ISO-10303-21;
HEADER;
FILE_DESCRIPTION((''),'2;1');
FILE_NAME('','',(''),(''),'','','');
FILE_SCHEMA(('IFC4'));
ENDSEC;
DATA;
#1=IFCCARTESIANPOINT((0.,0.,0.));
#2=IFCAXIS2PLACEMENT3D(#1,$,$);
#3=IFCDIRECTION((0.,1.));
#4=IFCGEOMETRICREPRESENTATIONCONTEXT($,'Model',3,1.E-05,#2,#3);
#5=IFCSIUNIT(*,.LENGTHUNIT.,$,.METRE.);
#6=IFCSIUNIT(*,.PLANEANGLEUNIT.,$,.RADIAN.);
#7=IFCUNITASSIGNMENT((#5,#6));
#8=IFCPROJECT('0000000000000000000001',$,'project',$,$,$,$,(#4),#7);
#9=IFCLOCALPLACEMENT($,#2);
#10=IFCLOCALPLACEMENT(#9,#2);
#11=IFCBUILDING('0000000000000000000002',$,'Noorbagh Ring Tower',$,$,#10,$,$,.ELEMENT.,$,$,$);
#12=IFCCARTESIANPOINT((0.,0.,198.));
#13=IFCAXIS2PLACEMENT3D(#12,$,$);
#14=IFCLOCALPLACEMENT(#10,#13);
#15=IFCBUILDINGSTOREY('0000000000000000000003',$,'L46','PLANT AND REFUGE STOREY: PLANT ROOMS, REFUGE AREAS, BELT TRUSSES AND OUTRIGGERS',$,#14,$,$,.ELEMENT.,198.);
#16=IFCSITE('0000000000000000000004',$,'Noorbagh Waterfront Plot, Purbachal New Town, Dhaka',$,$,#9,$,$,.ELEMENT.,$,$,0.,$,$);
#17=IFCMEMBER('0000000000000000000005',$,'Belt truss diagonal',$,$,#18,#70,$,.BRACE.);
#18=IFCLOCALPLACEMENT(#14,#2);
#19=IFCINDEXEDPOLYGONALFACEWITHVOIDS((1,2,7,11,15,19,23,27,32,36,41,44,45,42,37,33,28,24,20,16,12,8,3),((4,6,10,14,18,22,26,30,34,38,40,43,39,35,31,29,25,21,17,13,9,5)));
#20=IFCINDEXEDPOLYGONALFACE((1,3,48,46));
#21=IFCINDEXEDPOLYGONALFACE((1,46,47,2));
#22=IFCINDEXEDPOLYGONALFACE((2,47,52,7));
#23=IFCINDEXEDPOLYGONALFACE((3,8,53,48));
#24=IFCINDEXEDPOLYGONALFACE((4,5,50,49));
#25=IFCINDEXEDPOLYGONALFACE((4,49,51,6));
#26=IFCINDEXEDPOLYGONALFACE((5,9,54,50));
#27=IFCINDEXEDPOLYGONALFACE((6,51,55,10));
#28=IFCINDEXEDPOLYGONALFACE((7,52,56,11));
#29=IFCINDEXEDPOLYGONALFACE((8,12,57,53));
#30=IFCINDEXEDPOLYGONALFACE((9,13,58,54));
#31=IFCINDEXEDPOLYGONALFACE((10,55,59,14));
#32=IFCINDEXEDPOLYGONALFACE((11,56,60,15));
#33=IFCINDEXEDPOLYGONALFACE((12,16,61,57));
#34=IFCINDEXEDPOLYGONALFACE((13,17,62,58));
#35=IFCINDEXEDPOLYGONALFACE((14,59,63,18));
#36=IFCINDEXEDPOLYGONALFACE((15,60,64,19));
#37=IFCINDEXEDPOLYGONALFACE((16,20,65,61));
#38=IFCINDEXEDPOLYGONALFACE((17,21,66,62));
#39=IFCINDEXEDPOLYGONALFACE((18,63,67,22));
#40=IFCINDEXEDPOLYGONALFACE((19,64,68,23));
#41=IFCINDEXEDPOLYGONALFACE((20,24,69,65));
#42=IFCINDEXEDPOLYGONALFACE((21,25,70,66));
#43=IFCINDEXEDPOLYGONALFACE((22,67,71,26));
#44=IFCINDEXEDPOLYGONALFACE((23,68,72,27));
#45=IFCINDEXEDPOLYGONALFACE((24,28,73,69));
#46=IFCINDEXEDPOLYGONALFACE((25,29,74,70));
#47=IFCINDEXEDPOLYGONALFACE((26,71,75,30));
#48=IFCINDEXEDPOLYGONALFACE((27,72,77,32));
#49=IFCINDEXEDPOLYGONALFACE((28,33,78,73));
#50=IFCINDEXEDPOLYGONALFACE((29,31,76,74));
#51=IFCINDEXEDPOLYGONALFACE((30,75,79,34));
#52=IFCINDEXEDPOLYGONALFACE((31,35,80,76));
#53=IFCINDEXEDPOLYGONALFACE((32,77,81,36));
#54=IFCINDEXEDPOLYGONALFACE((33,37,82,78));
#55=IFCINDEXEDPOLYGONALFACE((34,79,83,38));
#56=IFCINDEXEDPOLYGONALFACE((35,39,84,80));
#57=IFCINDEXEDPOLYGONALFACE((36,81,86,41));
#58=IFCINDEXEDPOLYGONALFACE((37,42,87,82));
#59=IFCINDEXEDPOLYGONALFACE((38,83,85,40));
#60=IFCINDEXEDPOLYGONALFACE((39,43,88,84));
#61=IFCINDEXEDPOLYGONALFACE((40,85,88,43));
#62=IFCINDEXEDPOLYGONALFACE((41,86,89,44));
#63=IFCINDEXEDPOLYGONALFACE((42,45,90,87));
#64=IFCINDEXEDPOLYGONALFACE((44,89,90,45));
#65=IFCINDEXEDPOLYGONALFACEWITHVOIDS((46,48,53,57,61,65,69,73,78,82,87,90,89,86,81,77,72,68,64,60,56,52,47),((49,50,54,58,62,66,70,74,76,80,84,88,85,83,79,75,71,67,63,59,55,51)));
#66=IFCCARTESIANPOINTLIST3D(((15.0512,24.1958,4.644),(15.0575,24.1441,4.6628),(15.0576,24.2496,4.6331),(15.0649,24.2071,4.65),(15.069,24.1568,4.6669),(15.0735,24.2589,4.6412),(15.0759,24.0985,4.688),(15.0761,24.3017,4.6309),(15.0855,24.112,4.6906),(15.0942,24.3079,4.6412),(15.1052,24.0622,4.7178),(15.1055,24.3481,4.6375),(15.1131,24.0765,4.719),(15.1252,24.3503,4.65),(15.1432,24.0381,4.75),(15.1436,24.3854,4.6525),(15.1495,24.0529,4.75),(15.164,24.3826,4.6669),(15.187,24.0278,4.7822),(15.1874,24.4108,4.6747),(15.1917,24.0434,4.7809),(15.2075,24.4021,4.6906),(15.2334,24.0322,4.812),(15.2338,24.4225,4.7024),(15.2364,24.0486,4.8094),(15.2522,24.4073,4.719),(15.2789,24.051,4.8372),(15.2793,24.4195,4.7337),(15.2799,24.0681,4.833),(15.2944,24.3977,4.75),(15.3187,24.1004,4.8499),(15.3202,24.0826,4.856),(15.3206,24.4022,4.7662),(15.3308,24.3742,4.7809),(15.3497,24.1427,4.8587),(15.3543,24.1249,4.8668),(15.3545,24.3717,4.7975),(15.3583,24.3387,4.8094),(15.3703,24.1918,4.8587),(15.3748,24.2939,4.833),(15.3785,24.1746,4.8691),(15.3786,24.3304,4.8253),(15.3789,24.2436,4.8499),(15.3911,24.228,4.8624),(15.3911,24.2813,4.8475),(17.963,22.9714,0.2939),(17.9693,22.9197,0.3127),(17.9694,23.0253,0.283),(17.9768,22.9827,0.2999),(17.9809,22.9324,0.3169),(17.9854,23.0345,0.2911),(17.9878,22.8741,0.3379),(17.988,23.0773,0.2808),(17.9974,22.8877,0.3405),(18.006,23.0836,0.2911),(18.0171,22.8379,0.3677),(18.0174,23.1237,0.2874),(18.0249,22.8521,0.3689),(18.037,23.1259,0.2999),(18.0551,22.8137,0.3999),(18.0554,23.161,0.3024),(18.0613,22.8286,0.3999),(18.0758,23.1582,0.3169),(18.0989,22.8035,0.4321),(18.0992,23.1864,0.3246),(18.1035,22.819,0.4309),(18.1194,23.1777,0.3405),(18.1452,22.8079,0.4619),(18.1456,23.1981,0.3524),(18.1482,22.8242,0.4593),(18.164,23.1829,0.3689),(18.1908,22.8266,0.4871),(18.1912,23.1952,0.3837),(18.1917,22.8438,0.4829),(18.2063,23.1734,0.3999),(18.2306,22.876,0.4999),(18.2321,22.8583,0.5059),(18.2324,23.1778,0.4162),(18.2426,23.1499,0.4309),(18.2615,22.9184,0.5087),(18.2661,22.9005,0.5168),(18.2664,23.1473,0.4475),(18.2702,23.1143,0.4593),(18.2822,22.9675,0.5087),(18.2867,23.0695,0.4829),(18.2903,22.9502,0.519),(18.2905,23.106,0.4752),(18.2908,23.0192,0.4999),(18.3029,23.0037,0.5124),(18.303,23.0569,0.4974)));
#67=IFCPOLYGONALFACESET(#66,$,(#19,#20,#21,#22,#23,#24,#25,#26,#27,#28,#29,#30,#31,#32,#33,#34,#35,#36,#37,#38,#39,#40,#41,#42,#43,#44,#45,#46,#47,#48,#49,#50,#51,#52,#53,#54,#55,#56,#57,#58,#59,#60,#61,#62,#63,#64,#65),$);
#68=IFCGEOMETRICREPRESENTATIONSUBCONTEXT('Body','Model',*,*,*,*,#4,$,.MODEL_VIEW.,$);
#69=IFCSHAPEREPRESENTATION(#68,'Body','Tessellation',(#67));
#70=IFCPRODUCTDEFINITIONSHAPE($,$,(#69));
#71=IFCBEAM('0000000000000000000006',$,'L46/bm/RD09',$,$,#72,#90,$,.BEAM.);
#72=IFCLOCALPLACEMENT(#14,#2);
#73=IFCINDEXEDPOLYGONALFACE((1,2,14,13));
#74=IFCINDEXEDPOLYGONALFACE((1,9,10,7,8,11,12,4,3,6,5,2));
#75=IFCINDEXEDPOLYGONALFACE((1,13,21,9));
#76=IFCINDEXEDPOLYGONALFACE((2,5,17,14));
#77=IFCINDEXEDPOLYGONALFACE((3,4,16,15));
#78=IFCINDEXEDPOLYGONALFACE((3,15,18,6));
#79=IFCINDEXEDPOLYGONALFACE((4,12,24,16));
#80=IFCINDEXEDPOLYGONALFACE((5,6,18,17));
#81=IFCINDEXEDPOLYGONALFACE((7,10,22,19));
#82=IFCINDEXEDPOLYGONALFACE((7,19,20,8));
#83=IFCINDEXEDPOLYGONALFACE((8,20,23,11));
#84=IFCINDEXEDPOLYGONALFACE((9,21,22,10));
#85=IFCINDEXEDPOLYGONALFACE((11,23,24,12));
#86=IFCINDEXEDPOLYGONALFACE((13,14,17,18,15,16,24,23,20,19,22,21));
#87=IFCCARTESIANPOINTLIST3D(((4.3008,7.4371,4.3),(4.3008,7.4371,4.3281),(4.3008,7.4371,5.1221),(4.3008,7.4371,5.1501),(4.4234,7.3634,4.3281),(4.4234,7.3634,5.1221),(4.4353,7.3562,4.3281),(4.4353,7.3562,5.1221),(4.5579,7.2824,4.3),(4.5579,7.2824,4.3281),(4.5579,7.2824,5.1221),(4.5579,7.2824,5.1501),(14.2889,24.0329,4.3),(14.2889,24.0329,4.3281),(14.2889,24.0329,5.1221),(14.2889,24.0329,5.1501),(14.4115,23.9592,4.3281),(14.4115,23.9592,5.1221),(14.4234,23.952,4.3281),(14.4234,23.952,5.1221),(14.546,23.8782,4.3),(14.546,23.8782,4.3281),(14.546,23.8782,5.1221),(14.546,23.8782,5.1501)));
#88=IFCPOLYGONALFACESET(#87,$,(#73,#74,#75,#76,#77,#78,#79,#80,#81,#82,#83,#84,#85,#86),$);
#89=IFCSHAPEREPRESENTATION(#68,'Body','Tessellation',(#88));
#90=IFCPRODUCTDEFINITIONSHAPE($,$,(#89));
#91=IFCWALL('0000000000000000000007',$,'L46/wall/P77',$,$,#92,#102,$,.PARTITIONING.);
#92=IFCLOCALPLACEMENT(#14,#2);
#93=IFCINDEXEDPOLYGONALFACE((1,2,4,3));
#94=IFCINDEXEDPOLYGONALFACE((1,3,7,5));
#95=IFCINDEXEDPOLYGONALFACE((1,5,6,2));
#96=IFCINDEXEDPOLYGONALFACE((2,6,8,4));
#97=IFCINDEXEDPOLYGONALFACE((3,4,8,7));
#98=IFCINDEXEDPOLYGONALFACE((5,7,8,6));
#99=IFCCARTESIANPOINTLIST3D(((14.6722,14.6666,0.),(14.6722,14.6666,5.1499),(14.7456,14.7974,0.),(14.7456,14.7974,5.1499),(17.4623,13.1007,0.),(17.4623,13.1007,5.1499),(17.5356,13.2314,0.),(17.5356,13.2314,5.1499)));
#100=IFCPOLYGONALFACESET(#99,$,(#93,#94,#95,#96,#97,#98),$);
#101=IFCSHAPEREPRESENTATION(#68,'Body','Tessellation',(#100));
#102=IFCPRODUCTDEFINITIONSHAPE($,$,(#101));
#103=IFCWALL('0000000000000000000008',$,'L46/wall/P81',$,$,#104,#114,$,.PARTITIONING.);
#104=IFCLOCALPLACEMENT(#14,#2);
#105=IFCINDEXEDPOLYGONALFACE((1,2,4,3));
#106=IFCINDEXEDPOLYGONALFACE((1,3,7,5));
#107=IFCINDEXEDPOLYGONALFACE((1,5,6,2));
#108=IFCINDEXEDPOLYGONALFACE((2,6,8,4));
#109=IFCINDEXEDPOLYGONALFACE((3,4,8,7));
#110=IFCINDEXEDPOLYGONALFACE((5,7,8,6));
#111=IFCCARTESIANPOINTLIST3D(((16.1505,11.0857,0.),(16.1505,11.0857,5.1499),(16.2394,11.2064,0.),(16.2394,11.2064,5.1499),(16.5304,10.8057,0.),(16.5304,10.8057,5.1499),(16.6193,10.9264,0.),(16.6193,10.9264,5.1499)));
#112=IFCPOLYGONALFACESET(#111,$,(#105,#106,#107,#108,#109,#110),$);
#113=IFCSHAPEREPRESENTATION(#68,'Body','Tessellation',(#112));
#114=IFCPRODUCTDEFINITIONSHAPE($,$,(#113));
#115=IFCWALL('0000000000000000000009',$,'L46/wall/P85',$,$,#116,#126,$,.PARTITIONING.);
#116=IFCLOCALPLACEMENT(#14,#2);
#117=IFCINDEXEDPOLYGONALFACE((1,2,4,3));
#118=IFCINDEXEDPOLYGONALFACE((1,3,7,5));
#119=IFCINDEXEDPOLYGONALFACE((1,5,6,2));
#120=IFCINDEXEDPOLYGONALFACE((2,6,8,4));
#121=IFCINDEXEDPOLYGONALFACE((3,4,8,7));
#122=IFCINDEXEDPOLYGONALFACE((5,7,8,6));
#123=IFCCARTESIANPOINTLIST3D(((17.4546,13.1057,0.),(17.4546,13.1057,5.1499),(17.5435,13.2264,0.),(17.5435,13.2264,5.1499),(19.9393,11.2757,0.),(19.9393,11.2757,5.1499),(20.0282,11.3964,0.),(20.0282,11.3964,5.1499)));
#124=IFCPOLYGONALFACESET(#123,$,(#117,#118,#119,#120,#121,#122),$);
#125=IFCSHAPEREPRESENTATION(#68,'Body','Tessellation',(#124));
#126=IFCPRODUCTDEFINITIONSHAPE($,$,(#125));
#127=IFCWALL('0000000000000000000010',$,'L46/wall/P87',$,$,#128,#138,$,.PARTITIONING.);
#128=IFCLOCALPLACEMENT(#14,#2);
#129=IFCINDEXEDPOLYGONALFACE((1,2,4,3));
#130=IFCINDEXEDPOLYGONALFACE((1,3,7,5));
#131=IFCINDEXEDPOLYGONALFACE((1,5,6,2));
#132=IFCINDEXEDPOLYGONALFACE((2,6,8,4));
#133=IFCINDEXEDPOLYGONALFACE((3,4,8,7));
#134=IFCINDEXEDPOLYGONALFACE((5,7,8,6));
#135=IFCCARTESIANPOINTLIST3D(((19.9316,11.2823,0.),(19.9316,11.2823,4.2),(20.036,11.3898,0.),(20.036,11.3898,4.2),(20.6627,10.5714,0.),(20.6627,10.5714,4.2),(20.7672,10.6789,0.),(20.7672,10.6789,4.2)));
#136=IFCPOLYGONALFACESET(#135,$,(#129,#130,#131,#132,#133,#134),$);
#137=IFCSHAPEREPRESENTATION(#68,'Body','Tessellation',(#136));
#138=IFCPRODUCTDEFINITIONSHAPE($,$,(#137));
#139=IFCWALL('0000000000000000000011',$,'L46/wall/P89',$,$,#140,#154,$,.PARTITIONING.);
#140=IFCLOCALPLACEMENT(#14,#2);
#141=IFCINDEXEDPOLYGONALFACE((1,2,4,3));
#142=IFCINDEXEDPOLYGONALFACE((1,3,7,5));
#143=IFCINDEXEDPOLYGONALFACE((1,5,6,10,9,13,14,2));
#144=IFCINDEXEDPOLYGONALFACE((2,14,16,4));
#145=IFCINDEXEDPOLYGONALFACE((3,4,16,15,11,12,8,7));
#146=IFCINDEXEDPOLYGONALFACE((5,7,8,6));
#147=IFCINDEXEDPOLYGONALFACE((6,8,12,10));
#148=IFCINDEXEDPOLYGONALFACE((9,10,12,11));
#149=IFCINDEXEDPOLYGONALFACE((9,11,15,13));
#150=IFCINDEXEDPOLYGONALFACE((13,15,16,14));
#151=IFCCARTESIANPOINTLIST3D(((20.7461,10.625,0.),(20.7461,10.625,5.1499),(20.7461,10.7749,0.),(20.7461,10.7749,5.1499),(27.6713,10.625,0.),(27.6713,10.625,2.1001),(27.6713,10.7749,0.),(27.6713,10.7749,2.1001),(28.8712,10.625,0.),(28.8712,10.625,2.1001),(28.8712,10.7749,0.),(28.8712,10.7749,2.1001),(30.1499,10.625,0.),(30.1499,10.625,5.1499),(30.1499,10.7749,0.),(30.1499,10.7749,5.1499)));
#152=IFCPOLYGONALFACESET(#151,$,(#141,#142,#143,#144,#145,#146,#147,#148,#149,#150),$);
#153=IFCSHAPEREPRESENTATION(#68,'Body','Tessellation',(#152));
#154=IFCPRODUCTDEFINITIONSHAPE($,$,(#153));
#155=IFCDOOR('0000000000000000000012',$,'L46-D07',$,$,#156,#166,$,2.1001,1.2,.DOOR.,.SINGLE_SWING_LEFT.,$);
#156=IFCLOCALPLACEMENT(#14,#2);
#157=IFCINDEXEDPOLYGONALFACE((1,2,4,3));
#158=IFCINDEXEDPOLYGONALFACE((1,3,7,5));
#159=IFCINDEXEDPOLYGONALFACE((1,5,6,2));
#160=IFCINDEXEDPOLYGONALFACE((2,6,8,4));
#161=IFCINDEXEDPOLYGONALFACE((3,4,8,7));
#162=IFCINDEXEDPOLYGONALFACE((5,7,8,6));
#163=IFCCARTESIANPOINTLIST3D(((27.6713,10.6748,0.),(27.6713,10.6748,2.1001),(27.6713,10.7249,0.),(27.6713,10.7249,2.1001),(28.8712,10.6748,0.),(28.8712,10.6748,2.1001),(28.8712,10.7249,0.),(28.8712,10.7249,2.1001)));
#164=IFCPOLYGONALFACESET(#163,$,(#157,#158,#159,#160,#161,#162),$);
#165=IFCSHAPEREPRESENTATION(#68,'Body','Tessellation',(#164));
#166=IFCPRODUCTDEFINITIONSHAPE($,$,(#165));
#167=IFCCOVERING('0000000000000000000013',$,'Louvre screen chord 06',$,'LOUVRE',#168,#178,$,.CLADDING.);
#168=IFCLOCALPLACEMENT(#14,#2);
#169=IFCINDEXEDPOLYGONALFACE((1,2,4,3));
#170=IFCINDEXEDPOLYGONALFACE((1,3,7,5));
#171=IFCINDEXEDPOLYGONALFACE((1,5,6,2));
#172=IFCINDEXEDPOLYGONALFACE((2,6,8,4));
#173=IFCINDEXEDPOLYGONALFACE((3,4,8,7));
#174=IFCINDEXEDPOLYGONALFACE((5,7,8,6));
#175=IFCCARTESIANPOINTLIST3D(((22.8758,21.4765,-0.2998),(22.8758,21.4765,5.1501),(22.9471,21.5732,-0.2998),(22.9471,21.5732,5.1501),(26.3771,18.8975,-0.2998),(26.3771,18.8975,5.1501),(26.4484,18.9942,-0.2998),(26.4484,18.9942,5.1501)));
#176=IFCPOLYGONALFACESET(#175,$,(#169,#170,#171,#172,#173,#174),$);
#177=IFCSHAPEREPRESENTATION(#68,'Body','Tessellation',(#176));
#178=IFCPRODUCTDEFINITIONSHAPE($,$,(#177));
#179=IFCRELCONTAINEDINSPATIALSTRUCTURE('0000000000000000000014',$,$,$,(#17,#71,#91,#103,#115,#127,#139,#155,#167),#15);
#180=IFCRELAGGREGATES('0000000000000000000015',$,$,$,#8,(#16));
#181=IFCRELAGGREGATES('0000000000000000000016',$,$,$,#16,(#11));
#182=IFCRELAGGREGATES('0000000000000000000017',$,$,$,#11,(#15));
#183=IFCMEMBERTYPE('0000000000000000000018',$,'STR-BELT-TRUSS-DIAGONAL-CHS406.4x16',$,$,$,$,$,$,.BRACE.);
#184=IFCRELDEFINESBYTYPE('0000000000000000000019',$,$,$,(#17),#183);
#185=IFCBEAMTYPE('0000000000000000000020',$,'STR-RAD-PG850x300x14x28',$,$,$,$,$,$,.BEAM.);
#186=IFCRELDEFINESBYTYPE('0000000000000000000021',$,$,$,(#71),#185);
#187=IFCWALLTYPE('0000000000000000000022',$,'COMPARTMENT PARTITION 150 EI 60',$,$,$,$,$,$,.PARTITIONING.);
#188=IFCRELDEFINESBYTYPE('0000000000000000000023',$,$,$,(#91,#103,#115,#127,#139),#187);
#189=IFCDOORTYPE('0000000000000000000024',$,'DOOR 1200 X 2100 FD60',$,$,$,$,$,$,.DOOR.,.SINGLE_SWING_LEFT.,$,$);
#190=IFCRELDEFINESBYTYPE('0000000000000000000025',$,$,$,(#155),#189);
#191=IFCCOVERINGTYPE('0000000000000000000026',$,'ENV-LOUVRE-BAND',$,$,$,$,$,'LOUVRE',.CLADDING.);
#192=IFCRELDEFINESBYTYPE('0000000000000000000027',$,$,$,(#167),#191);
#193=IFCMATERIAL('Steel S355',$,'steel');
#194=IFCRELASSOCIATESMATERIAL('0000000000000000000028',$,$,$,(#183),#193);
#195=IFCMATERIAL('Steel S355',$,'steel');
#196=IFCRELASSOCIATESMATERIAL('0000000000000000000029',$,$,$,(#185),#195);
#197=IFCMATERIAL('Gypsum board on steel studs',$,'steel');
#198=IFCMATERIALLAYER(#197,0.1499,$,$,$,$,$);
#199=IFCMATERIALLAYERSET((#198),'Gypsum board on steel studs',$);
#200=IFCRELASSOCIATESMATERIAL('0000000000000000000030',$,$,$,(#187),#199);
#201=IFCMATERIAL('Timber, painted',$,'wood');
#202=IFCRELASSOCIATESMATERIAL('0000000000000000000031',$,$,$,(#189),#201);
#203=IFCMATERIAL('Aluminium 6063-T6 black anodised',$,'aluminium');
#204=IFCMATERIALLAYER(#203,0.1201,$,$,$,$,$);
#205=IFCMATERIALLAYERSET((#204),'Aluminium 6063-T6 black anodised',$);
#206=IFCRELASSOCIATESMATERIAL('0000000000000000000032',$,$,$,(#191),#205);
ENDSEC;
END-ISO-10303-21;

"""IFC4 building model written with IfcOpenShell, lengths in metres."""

from ifc_helpers import new_model, si_unit, direction, frame, frame_2d, origin, origin_2d, place, context, subcontext, project, spatial, rectangle, hollow_circle, i_section, extrude, material, layer, layer_set, material_profile, profile_set, type_object, element, fill, save


model = new_model("IFC4")

# Units and contexts
model_context = context("Model", 3, precision=1e-05, world=origin(), true_north=direction((0.0, 1.0)))
body_context = subcontext(model_context, "Body", "Model", "MODEL_VIEW")
ifc_project = project(units=[si_unit("LENGTHUNIT", "METRE"), si_unit("PLANEANGLEUNIT", "RADIAN")], contexts=[model_context])

# Site, building, storey
site_placement = place(None, origin())
site = spatial("IfcSite", under=ifc_project, at=site_placement, Name="Noorbagh Waterfront Plot, Purbachal New Town, Dhaka", CompositionType="ELEMENT", RefElevation=0.0)
building_placement = place(site_placement, origin())
building = spatial("IfcBuilding", under=site, at=building_placement, Name="Noorbagh Ring Tower", CompositionType="ELEMENT")
storey_placement = place(building_placement, frame((0.0, 0.0, 198.0)))
storey = spatial("IfcBuildingStorey", under=building, at=storey_placement, Name="L46", Description="PLANT AND REFUGE STOREY: PLANT ROOMS, REFUGE AREAS, BELT TRUSSES AND OUTRIGGERS", CompositionType="ELEMENT", Elevation=198.0)

# Member
ifc_material_1 = material(Name="Steel S355", Category="steel")
ifc_material_profile_1 = material_profile(ifc_material_1, hollow_circle(Radius=0.2031, WallThickness=0.0161, at=origin_2d()), Name="CHS406.4x16")
ifc_profile_set_1 = profile_set([ifc_material_profile_1], Name="Steel S355")
member_type = type_object("IfcMemberType", Name="STR-BELT-TRUSS-DIAGONAL-CHS406.4x16", PredefinedType="BRACE", material=ifc_profile_set_1)
member_1_placement = place(storey_placement, frame((18.1338, 23.001, 0.3999), z_axis=(-0.541642, 0.227746, 0.80917), x_axis=(-0.387604, -0.921826, 0.0)))
element("IfcMember", 1, at=member_1_placement, inside=storey, type_object=member_type, Name="Belt truss diagonal", PredefinedType="BRACE", context=body_context, shape_type="SweptSolid", body=[
    extrude(hollow_circle(Radius=0.2031, WallThickness=0.0161, at=origin_2d()), origin(), (0.0, 0.0, 1.0), 5.376),
])

# Beam
ifc_material_2 = material(Name="Steel S355", Category="steel")
ifc_material_profile_2 = material_profile(ifc_material_2, i_section(OverallWidth=0.3, OverallDepth=0.8501, WebThickness=0.0139, FlangeThickness=0.0281, at=origin_2d()), Name="PG850x300x14x28")
ifc_profile_set_2 = profile_set([ifc_material_profile_2], Name="Steel S355")
beam_type_1 = type_object("IfcBeamType", Name="STR-RAD-PG850x300x14x28", PredefinedType="BEAM", material=ifc_profile_set_2)
beam_placement = place(storey_placement, frame((14.4175, 23.9556, 4.7251), z_axis=(-0.515657, -0.856795, 0.0), x_axis=(0.856795, -0.515657, 0.0)))
element("IfcBeam", 2, at=beam_placement, inside=storey, type_object=beam_type_1, Name="L46/bm/RD09", PredefinedType="BEAM", context=body_context, shape_type="SweptSolid", body=[
    extrude(i_section(OverallWidth=0.3, OverallDepth=0.8501, WebThickness=0.0139, FlangeThickness=0.0281, at=origin_2d()), origin(), (0.0, 0.0, 1.0), 19.3696),
])

# Walls
ifc_material_3 = material(Name="Gypsum board on steel studs", Category="steel")
ifc_layer_1 = layer(ifc_material_3, 0.1499)
ifc_layer_set_1 = layer_set([ifc_layer_1], Name="Gypsum board on steel studs")
wall_type = type_object("IfcWallType", Name="COMPARTMENT PARTITION 150 EI 60", PredefinedType="PARTITIONING", material=ifc_layer_set_1)
wall_1_placement = place(storey_placement, frame((14.709, 14.7319, 0.0), z_axis=(0.0, 0.0, 1.0), x_axis=(0.87204, -0.489435, 0.0)))
element("IfcWall", 3, at=wall_1_placement, inside=storey, type_object=wall_type, Name="L46/wall/P77", PredefinedType="PARTITIONING", context=body_context, shape_type="SweptSolid", body=[
    extrude(rectangle(XDim=3.1995, YDim=0.1499, at=frame_2d((1.5996, 0.0))), origin(), (0.0, 0.0, 1.0), 5.1499),
])
wall_2_placement = place(storey_placement, frame((16.1951, 11.146, 0.0), z_axis=(0.0, 0.0, 1.0), x_axis=(0.804939, -0.593358, 0.0)))
element("IfcWall", 4, at=wall_2_placement, inside=storey, type_object=wall_type, Name="L46/wall/P81", PredefinedType="PARTITIONING", context=body_context, shape_type="SweptSolid", body=[
    extrude(rectangle(XDim=0.4719, YDim=0.1499, at=frame_2d((0.2358, 0.0))), origin(), (0.0, 0.0, 1.0), 5.1499),
])
wall_3_placement = place(storey_placement, frame((17.499, 13.166, 0.0), z_axis=(0.0, 0.0, 1.0), x_axis=(0.805191, -0.593016, 0.0)))
element("IfcWall", 5, at=wall_3_placement, inside=storey, type_object=wall_type, Name="L46/wall/P85", PredefinedType="PARTITIONING", context=body_context, shape_type="SweptSolid", body=[
    extrude(rectangle(XDim=3.0859, YDim=0.1499, at=frame_2d((1.543, 0.0))), origin(), (0.0, 0.0, 1.0), 5.1499),
])
wall_4_placement = place(storey_placement, frame((19.9839, 11.3359, 0.0), z_axis=(0.0, 0.0, 1.0), x_axis=(0.716972, -0.697102, 0.0)))
element("IfcWall", 6, at=wall_4_placement, inside=storey, type_object=wall_type, Name="L46/wall/P87", PredefinedType="PARTITIONING", context=body_context, shape_type="SweptSolid", body=[
    extrude(rectangle(XDim=1.0198, YDim=0.1499, at=frame_2d((0.5098, 0.0))), origin(), (0.0, 0.0, 1.0), 4.2),
])

# Wall, opening, door
wall_5_placement = place(storey_placement, frame((20.7461, 10.7, 0.0), z_axis=(0.0, 0.0, 1.0), x_axis=(1.0, 0.0, 0.0)))
wall_5 = element("IfcWall", 7, at=wall_5_placement, inside=storey, type_object=wall_type, Name="L46/wall/P89", PredefinedType="PARTITIONING", context=body_context, shape_type="SweptSolid", body=[
    extrude(rectangle(XDim=9.4038, YDim=0.1499, at=frame_2d((4.7019, 0.0))), origin(), (0.0, 0.0, 1.0), 5.1499),
])
opening_placement = place(wall_5_placement, frame((6.925, 0.0, 0.0)))
opening = element("IfcOpeningElement", 8, at=opening_placement, cuts=wall_5, PredefinedType="OPENING", context=body_context, shape_type="SweptSolid", body=[
    extrude(rectangle(XDim=1.2, YDim=2.1001, at=frame_2d((0.6001, 1.05))), frame((0.0, 0.085, 0.0), z_axis=(0.0, -1.0, 0.0), x_axis=(1.0, 0.0, 0.0)), (0.0, 0.0, 1.0), 0.1699),
])
ifc_material_4 = material(Name="Timber, painted", Category="wood")
door_type = type_object("IfcDoorType", Name="DOOR 1200 X 2100 FD60", OperationType="SINGLE_SWING_LEFT", PredefinedType="DOOR", material=ifc_material_4)
door_placement = place(opening_placement, origin())
door = element("IfcDoor", 9, at=door_placement, inside=storey, type_object=door_type, Name="L46-D07", OperationType="SINGLE_SWING_LEFT", OverallHeight=2.1001, OverallWidth=1.2, PredefinedType="DOOR", context=body_context, shape_type="SweptSolid", body=[
    extrude(rectangle(XDim=1.2, YDim=2.1001, at=frame_2d((0.6001, 1.05))), frame((0.0, 0.0249, 0.0), z_axis=(0.0, -1.0, 0.0), x_axis=(1.0, 0.0, 0.0)), (0.0, 0.0, 1.0), 0.05),
])
fill(opening, door)

# Covering
ifc_material_5 = material(Name="Aluminium 6063-T6 black anodised", Category="aluminium")
ifc_layer_2 = layer(ifc_material_5, 0.1201)
ifc_layer_set_2 = layer_set([ifc_layer_2], Name="Aluminium 6063-T6 black anodised")
covering_type_1 = type_object("IfcCoveringType", Name="ENV-LOUVRE-BAND", ElementType="LOUVRE", PredefinedType="CLADDING", material=ifc_layer_set_2)
covering_1_placement = place(storey_placement, frame((24.6621, 20.2354, -0.2998), z_axis=(0.0, 0.0, 1.0), x_axis=(-0.805153, 0.593067, 0.0)))
element("IfcCovering", 10, at=covering_1_placement, inside=storey, type_object=covering_type_1, Name="Louvre screen chord 06", ObjectType="LOUVRE", PredefinedType="CLADDING", context=body_context, shape_type="SweptSolid", body=[
    extrude(rectangle(XDim=4.3486, YDim=0.1201, at=origin_2d()), origin(), (0.0, 0.0, 1.0), 5.45),
])

save(model, "model.ifc")
